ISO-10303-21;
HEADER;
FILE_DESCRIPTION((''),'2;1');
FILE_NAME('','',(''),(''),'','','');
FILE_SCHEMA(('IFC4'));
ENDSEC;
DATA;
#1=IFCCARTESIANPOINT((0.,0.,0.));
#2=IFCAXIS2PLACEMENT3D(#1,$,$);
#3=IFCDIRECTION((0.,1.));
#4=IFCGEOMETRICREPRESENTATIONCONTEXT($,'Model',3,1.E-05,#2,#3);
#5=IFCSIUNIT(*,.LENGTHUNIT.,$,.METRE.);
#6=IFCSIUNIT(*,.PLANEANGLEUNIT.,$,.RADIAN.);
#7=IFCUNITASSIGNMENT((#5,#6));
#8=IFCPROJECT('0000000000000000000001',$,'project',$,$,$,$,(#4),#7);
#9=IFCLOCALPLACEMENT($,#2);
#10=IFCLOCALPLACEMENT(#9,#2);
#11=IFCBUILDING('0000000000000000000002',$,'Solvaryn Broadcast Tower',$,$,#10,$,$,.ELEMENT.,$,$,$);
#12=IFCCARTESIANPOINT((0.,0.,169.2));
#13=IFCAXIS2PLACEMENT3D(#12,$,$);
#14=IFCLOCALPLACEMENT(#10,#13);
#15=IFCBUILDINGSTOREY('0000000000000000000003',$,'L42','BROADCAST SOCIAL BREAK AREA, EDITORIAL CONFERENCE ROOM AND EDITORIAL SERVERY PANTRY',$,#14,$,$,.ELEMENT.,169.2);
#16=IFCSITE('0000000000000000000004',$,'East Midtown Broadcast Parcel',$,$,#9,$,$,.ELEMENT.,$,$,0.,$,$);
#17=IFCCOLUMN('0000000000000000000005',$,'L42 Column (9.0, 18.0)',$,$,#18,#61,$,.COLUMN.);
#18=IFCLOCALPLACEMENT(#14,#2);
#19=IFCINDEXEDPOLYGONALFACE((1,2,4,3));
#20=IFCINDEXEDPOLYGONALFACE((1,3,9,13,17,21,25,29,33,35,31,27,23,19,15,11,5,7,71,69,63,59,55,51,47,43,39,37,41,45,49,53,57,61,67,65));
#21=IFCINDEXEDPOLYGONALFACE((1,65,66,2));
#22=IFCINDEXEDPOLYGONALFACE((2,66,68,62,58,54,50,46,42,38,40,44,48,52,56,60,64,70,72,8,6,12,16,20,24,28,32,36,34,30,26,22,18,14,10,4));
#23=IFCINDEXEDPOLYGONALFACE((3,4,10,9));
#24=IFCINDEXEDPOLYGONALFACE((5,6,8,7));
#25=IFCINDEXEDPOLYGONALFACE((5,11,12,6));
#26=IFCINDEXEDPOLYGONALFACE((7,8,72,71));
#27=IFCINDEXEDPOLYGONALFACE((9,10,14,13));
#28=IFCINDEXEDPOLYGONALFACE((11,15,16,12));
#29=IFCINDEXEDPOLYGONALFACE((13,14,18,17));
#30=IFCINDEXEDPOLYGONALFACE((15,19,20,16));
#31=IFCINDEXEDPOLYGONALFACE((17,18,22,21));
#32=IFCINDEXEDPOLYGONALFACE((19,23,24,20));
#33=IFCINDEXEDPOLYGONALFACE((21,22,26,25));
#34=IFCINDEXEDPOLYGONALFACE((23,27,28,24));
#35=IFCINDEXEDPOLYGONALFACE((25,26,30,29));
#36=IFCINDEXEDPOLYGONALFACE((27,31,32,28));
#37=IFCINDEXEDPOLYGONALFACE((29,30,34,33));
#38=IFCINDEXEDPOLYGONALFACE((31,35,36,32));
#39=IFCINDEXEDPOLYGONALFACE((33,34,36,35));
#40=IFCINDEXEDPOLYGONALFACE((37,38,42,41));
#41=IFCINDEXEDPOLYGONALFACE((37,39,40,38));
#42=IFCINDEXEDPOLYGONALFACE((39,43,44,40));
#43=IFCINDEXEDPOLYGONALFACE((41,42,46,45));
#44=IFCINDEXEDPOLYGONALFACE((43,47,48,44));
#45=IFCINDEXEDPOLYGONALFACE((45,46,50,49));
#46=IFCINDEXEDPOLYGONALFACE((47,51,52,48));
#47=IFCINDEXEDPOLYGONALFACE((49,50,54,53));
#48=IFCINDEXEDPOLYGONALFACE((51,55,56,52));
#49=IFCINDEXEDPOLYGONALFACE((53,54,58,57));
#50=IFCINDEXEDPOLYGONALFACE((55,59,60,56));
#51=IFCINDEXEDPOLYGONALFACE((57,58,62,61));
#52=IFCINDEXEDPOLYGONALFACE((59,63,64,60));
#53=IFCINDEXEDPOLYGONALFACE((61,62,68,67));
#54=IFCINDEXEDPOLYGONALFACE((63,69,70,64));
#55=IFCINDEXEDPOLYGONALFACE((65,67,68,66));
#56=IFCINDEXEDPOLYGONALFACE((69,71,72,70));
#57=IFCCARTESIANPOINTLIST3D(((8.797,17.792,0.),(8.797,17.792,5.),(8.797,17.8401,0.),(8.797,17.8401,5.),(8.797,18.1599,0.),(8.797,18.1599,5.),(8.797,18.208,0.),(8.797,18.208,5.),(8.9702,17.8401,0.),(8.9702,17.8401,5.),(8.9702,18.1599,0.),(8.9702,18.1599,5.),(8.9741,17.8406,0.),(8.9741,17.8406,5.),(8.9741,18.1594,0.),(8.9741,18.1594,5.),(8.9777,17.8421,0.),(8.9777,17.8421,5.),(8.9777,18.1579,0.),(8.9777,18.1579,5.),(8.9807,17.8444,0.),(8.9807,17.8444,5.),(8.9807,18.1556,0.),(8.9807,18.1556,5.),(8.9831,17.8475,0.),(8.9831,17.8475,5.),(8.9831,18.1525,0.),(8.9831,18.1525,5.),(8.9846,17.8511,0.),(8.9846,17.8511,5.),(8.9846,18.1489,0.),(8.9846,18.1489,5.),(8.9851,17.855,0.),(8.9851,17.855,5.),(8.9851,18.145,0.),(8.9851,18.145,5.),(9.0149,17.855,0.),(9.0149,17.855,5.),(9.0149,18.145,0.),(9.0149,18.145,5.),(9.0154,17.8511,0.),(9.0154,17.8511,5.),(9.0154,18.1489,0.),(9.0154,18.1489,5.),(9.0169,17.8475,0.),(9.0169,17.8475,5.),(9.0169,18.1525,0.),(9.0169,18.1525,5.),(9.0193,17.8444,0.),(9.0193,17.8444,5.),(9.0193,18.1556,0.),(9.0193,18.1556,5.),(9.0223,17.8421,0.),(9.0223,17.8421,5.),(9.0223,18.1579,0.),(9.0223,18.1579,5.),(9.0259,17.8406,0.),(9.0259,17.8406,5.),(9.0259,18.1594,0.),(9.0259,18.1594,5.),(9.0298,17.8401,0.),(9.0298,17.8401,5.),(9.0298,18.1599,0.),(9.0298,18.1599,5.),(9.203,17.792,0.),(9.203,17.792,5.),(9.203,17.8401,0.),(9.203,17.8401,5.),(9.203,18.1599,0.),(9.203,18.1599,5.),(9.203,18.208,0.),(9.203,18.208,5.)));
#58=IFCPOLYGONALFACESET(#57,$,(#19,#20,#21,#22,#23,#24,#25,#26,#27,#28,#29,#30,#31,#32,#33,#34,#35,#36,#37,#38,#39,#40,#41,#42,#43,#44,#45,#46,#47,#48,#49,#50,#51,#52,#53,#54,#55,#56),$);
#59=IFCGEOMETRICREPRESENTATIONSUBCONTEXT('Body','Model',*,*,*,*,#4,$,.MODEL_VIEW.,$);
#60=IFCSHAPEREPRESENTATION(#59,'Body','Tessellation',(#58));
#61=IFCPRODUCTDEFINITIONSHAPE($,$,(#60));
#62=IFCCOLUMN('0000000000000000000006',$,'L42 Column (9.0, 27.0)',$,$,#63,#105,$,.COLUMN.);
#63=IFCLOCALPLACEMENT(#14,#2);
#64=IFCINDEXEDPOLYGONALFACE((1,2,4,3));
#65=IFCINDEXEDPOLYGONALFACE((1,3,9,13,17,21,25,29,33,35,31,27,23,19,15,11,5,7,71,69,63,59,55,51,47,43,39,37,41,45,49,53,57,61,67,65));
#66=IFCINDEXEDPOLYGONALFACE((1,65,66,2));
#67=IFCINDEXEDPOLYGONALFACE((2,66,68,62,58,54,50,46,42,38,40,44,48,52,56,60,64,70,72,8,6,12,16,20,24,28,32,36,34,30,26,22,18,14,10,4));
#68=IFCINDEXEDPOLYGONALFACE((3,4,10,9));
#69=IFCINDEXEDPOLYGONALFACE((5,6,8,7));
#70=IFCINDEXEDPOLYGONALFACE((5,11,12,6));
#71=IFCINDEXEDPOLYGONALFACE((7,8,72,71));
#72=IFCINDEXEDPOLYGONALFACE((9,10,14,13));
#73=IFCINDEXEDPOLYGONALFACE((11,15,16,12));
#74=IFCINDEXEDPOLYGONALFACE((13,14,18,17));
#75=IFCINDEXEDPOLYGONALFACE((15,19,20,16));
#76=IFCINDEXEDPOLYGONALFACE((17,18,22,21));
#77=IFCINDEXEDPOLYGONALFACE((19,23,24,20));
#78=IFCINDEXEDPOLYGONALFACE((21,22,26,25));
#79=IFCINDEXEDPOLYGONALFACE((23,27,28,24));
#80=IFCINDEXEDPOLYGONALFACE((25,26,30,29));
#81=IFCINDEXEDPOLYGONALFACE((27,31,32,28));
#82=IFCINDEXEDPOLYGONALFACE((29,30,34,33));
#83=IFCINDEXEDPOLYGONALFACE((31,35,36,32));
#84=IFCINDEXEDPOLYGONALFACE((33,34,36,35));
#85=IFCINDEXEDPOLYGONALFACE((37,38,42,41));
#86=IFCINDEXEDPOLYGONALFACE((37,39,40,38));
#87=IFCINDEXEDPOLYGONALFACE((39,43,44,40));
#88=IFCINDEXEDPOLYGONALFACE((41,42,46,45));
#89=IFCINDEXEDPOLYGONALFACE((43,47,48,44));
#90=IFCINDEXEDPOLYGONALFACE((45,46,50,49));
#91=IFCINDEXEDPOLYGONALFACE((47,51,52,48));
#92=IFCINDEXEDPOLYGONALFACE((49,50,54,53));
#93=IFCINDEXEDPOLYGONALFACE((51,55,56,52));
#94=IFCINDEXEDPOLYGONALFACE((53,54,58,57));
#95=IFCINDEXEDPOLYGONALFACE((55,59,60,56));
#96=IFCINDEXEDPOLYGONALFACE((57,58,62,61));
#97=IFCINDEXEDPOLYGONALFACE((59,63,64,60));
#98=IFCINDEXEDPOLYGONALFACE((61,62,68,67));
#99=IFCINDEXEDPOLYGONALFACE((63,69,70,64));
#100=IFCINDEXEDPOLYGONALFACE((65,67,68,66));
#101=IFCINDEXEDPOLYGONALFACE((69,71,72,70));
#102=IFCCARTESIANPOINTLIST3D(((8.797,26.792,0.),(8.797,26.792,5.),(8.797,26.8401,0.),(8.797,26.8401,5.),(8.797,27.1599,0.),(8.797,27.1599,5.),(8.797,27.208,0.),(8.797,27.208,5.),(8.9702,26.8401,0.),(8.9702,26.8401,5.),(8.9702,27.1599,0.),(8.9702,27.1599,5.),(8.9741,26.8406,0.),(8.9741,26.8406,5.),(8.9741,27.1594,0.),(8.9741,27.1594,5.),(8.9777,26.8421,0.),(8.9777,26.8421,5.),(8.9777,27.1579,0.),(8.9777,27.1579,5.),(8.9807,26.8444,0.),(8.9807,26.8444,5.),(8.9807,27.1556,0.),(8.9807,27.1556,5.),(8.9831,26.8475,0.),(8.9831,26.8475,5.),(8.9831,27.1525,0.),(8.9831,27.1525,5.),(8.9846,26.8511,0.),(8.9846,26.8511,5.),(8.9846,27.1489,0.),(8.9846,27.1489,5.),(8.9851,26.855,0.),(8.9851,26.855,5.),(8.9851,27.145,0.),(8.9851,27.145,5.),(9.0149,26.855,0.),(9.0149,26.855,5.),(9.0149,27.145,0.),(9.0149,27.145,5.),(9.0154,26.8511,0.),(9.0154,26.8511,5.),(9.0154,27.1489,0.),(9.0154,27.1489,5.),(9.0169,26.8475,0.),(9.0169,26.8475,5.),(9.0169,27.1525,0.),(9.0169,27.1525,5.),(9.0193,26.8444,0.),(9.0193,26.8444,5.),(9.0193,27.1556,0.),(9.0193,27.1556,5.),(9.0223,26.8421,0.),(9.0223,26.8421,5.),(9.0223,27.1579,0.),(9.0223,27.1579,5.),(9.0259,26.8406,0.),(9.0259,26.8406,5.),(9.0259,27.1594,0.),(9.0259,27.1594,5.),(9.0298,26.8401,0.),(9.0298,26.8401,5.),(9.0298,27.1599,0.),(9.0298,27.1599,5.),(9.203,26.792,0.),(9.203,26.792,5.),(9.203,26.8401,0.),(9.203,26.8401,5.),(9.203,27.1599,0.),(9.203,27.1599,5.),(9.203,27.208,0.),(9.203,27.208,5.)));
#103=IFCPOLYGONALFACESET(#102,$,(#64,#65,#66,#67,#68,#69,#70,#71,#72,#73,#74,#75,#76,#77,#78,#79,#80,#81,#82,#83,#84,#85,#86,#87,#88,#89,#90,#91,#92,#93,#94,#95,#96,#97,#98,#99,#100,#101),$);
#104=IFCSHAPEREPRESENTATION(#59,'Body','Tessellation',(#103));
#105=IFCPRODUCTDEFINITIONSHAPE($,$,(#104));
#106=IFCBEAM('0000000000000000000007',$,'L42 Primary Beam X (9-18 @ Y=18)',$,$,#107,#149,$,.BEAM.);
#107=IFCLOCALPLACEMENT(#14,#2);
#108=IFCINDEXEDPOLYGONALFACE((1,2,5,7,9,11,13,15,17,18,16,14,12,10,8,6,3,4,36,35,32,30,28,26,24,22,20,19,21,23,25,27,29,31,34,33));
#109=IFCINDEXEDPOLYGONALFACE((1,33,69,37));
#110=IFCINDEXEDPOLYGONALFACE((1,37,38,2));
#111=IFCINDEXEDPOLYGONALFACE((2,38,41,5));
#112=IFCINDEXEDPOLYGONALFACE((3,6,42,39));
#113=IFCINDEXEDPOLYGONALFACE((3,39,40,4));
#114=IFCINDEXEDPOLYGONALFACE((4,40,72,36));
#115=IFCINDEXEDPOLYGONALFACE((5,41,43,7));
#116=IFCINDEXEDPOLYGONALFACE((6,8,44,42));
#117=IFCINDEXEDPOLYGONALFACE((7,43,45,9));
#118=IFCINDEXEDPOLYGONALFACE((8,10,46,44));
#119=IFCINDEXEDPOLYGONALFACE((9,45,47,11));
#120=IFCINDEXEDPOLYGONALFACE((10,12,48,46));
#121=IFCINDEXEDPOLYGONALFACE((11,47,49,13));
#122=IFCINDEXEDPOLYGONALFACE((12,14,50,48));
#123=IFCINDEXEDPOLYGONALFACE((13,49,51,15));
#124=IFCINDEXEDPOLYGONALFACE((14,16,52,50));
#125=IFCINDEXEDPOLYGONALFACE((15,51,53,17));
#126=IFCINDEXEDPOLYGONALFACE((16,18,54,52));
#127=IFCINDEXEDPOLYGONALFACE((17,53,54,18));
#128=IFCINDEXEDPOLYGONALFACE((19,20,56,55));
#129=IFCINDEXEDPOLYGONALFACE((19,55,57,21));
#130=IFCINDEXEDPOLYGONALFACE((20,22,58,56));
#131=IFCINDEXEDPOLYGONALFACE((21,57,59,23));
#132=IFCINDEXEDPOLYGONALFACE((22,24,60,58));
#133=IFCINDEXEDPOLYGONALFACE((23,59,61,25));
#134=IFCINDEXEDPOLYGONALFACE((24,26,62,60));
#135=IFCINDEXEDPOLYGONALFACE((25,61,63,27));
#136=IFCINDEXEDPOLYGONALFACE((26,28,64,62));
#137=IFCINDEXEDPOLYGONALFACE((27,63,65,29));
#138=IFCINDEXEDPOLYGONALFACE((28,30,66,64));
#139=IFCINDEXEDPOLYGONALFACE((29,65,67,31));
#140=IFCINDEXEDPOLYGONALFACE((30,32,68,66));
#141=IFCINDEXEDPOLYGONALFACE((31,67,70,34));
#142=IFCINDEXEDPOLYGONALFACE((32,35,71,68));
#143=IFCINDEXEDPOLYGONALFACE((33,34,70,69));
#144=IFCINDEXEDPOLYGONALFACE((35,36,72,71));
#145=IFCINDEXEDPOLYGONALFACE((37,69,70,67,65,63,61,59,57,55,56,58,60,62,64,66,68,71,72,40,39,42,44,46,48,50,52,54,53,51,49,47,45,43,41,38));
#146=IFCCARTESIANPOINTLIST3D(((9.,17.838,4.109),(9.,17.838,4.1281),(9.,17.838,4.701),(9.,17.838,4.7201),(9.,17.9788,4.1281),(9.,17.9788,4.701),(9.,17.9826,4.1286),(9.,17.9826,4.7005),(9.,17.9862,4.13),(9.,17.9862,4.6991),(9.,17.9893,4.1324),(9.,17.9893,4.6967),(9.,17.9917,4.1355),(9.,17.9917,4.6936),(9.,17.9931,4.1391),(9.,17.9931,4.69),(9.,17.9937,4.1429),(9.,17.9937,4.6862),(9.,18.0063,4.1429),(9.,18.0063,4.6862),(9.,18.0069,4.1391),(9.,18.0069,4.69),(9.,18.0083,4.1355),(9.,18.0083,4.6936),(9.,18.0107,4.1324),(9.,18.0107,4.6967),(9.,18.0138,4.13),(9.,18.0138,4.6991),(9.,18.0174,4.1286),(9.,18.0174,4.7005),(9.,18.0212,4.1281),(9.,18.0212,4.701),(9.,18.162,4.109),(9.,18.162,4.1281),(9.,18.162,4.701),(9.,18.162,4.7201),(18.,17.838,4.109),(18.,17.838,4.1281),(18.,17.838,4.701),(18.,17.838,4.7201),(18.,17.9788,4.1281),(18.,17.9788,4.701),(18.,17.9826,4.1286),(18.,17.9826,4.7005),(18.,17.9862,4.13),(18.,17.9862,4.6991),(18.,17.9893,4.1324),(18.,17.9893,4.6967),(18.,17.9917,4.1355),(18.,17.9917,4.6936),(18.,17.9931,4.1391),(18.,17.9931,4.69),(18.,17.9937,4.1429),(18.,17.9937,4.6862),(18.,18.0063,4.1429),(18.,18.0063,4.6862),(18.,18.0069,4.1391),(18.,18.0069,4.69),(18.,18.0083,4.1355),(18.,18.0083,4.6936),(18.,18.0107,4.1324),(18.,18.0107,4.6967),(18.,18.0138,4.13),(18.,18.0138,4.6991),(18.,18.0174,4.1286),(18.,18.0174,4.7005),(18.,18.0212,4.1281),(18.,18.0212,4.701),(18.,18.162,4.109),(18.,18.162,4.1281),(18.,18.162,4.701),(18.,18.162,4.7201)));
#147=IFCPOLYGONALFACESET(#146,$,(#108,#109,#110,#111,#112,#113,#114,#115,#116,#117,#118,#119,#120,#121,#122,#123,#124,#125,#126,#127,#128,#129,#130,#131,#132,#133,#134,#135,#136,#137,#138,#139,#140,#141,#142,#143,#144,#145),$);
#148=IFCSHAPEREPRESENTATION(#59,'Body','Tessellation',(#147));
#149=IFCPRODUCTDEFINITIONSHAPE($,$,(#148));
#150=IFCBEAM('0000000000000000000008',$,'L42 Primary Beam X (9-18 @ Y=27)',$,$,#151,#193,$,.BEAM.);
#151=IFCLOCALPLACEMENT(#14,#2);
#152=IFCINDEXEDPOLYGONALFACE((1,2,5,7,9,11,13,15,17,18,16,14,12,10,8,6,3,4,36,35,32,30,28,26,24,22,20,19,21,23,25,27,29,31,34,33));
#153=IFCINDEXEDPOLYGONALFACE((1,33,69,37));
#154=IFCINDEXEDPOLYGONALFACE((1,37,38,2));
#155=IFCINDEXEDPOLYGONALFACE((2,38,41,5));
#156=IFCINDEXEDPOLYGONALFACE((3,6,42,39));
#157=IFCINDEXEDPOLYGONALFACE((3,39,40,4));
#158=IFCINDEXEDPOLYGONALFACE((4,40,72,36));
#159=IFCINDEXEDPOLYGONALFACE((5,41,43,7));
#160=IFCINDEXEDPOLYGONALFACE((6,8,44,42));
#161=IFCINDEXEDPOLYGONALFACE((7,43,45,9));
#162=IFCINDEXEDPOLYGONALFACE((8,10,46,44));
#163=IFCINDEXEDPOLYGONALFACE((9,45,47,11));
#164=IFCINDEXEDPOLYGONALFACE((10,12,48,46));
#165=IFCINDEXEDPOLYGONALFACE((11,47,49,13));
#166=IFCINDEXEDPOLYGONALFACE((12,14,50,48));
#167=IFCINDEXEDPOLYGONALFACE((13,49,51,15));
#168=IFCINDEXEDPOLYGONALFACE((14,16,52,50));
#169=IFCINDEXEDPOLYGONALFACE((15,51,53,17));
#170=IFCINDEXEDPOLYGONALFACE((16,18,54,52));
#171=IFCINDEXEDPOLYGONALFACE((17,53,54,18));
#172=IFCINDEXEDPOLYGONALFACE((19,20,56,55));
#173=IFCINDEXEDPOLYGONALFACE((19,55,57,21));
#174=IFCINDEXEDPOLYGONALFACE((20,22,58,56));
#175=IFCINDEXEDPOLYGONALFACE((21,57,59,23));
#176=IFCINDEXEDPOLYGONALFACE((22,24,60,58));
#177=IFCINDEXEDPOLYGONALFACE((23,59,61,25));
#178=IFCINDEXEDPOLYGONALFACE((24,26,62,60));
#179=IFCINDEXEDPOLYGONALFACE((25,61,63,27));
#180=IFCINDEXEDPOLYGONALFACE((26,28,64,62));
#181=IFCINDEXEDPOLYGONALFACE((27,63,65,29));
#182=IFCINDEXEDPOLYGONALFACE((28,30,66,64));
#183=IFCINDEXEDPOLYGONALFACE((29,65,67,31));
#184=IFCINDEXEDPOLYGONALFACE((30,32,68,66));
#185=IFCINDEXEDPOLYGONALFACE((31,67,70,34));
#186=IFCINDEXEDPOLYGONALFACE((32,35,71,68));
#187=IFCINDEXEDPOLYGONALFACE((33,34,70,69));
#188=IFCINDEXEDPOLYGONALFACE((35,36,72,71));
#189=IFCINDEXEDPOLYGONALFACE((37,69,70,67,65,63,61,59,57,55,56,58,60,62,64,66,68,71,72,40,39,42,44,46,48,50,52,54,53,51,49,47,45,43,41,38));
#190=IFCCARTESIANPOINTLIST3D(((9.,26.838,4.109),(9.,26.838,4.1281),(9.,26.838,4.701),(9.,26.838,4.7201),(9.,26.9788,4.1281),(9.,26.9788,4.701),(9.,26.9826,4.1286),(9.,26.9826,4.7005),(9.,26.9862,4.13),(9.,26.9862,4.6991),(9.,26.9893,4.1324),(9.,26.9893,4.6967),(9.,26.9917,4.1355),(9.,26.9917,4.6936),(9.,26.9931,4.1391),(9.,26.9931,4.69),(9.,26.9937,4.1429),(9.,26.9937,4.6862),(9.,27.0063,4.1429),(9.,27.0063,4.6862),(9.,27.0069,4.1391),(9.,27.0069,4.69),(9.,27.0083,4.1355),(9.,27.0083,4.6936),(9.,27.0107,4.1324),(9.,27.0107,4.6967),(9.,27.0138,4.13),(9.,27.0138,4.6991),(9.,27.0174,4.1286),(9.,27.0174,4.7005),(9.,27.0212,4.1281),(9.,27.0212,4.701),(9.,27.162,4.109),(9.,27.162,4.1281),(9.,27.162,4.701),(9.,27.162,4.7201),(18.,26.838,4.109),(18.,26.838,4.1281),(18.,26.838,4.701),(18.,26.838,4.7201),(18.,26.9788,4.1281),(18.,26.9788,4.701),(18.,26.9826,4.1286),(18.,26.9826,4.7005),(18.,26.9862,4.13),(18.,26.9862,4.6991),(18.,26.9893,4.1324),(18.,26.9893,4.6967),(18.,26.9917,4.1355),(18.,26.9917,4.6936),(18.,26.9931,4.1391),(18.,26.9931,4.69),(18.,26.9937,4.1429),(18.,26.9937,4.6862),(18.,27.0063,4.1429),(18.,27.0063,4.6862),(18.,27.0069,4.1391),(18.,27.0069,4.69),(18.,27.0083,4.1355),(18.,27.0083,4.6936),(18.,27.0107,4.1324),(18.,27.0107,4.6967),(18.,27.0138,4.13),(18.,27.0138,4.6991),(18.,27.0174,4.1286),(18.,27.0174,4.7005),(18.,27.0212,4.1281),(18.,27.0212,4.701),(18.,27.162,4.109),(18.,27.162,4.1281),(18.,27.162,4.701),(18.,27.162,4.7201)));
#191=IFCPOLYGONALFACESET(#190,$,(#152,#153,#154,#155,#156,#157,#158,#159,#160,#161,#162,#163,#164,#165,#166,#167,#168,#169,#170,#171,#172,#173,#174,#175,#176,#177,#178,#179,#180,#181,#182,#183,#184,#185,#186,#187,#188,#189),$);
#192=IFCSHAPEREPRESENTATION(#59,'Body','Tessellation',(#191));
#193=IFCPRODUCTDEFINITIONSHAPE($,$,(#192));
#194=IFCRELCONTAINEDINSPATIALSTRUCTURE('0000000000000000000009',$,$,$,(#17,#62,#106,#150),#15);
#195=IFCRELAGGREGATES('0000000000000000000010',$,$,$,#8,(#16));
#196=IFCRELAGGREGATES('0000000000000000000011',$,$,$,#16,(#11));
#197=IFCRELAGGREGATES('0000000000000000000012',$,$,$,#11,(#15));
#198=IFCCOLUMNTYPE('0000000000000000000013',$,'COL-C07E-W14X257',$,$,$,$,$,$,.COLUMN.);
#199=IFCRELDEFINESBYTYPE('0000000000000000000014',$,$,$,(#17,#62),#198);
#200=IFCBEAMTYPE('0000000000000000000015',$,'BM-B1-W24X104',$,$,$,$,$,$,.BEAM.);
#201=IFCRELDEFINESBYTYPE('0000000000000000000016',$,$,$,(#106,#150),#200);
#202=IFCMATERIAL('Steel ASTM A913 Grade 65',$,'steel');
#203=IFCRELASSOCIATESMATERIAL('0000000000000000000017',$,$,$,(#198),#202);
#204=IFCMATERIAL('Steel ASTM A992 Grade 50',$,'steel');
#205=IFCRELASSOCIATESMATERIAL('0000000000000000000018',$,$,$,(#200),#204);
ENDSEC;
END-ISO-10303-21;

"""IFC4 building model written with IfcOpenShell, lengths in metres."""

from ifc_helpers import new_model, si_unit, direction, frame, origin, origin_2d, place, context, subcontext, project, spatial, i_section, extrude, material, material_profile, profile_set, type_object, element, save


model = new_model("IFC4")

# Units and contexts
model_context = context("Model", 3, precision=1e-05, world=origin(), true_north=direction((0.0, 1.0)))
body_context = subcontext(model_context, "Body", "Model", "MODEL_VIEW")
ifc_project = project(units=[si_unit("LENGTHUNIT", "METRE"), si_unit("PLANEANGLEUNIT", "RADIAN")], contexts=[model_context])

# Site, building, storey
site_placement = place(None, origin())
site = spatial("IfcSite", under=ifc_project, at=site_placement, Name="East Midtown Broadcast Parcel", CompositionType="ELEMENT", RefElevation=0.0)
building_placement = place(site_placement, origin())
building = spatial("IfcBuilding", under=site, at=building_placement, Name="Solvaryn Broadcast Tower", CompositionType="ELEMENT")
storey_placement = place(building_placement, frame((0.0, 0.0, 169.2)))
storey = spatial("IfcBuildingStorey", under=building, at=storey_placement, Name="L42", Description="BROADCAST SOCIAL BREAK AREA, EDITORIAL CONFERENCE ROOM AND EDITORIAL SERVERY PANTRY", CompositionType="ELEMENT", Elevation=169.2)

# Columns
ifc_material_1 = material(Name="Steel ASTM A913 Grade 65", Category="steel")
ifc_material_profile_1 = material_profile(ifc_material_1, i_section(OverallWidth=0.406, OverallDepth=0.416, WebThickness=0.0298, FlangeThickness=0.0481, FilletRadius=0.0149, at=origin_2d()))
ifc_profile_set_1 = profile_set([ifc_material_profile_1], Name="Steel ASTM A913 Grade 65")
column_type = type_object("IfcColumnType", Name="COL-C07E-W14X257", PredefinedType="COLUMN", material=ifc_profile_set_1)
for number, where, z_axis, x_axis, name in (
    (1, (9.0, 18.0, 0.0), (0.0, 0.0, 1.0), (1.0, 0.0, 0.0), "L42 Column (9.0, 18.0)"),
    (2, (9.0, 27.0, 0.0), (0.0, 0.0, 1.0), (1.0, 0.0, 0.0), "L42 Column (9.0, 27.0)"),
):
    element("IfcColumn", number, at=place(storey_placement, frame(where, z_axis=z_axis, x_axis=x_axis)), inside=storey, type_object=column_type, Name=name, PredefinedType="COLUMN", context=body_context, shape_type="SweptSolid", body=[
        extrude(i_section(OverallWidth=0.406, OverallDepth=0.416, WebThickness=0.0298, FlangeThickness=0.0481, FilletRadius=0.0149, at=origin_2d()), origin(), (0.0, 0.0, 1.0), 5.0),
    ])

# Beams
ifc_material_2 = material(Name="Steel ASTM A992 Grade 50", Category="steel")
ifc_material_profile_2 = material_profile(ifc_material_2, i_section(OverallWidth=0.324, OverallDepth=0.6111, WebThickness=0.0127, FlangeThickness=0.019, FilletRadius=0.0149, at=origin_2d()))
ifc_profile_set_2 = profile_set([ifc_material_profile_2], Name="Steel ASTM A992 Grade 50")
beam_type_1 = type_object("IfcBeamType", Name="BM-B1-W24X104", PredefinedType="BEAM", material=ifc_profile_set_2)
for number, where, z_axis, x_axis, name in (
    (3, (9.0, 18.0, 4.4146), (1.0, 0.0, 0.0), (0.0, 1.0, 0.0), "L42 Primary Beam X (9-18 @ Y=18)"),
    (4, (9.0, 27.0, 4.4146), (1.0, 0.0, 0.0), (0.0, 1.0, 0.0), "L42 Primary Beam X (9-18 @ Y=27)"),
):
    element("IfcBeam", number, at=place(storey_placement, frame(where, z_axis=z_axis, x_axis=x_axis)), inside=storey, type_object=beam_type_1, Name=name, PredefinedType="BEAM", context=body_context, shape_type="SweptSolid", body=[
        extrude(i_section(OverallWidth=0.324, OverallDepth=0.6111, WebThickness=0.0127, FlangeThickness=0.019, FilletRadius=0.0149, at=origin_2d()), origin(), (0.0, 0.0, 1.0), 9.0),
    ])

save(model, "model.ifc")
